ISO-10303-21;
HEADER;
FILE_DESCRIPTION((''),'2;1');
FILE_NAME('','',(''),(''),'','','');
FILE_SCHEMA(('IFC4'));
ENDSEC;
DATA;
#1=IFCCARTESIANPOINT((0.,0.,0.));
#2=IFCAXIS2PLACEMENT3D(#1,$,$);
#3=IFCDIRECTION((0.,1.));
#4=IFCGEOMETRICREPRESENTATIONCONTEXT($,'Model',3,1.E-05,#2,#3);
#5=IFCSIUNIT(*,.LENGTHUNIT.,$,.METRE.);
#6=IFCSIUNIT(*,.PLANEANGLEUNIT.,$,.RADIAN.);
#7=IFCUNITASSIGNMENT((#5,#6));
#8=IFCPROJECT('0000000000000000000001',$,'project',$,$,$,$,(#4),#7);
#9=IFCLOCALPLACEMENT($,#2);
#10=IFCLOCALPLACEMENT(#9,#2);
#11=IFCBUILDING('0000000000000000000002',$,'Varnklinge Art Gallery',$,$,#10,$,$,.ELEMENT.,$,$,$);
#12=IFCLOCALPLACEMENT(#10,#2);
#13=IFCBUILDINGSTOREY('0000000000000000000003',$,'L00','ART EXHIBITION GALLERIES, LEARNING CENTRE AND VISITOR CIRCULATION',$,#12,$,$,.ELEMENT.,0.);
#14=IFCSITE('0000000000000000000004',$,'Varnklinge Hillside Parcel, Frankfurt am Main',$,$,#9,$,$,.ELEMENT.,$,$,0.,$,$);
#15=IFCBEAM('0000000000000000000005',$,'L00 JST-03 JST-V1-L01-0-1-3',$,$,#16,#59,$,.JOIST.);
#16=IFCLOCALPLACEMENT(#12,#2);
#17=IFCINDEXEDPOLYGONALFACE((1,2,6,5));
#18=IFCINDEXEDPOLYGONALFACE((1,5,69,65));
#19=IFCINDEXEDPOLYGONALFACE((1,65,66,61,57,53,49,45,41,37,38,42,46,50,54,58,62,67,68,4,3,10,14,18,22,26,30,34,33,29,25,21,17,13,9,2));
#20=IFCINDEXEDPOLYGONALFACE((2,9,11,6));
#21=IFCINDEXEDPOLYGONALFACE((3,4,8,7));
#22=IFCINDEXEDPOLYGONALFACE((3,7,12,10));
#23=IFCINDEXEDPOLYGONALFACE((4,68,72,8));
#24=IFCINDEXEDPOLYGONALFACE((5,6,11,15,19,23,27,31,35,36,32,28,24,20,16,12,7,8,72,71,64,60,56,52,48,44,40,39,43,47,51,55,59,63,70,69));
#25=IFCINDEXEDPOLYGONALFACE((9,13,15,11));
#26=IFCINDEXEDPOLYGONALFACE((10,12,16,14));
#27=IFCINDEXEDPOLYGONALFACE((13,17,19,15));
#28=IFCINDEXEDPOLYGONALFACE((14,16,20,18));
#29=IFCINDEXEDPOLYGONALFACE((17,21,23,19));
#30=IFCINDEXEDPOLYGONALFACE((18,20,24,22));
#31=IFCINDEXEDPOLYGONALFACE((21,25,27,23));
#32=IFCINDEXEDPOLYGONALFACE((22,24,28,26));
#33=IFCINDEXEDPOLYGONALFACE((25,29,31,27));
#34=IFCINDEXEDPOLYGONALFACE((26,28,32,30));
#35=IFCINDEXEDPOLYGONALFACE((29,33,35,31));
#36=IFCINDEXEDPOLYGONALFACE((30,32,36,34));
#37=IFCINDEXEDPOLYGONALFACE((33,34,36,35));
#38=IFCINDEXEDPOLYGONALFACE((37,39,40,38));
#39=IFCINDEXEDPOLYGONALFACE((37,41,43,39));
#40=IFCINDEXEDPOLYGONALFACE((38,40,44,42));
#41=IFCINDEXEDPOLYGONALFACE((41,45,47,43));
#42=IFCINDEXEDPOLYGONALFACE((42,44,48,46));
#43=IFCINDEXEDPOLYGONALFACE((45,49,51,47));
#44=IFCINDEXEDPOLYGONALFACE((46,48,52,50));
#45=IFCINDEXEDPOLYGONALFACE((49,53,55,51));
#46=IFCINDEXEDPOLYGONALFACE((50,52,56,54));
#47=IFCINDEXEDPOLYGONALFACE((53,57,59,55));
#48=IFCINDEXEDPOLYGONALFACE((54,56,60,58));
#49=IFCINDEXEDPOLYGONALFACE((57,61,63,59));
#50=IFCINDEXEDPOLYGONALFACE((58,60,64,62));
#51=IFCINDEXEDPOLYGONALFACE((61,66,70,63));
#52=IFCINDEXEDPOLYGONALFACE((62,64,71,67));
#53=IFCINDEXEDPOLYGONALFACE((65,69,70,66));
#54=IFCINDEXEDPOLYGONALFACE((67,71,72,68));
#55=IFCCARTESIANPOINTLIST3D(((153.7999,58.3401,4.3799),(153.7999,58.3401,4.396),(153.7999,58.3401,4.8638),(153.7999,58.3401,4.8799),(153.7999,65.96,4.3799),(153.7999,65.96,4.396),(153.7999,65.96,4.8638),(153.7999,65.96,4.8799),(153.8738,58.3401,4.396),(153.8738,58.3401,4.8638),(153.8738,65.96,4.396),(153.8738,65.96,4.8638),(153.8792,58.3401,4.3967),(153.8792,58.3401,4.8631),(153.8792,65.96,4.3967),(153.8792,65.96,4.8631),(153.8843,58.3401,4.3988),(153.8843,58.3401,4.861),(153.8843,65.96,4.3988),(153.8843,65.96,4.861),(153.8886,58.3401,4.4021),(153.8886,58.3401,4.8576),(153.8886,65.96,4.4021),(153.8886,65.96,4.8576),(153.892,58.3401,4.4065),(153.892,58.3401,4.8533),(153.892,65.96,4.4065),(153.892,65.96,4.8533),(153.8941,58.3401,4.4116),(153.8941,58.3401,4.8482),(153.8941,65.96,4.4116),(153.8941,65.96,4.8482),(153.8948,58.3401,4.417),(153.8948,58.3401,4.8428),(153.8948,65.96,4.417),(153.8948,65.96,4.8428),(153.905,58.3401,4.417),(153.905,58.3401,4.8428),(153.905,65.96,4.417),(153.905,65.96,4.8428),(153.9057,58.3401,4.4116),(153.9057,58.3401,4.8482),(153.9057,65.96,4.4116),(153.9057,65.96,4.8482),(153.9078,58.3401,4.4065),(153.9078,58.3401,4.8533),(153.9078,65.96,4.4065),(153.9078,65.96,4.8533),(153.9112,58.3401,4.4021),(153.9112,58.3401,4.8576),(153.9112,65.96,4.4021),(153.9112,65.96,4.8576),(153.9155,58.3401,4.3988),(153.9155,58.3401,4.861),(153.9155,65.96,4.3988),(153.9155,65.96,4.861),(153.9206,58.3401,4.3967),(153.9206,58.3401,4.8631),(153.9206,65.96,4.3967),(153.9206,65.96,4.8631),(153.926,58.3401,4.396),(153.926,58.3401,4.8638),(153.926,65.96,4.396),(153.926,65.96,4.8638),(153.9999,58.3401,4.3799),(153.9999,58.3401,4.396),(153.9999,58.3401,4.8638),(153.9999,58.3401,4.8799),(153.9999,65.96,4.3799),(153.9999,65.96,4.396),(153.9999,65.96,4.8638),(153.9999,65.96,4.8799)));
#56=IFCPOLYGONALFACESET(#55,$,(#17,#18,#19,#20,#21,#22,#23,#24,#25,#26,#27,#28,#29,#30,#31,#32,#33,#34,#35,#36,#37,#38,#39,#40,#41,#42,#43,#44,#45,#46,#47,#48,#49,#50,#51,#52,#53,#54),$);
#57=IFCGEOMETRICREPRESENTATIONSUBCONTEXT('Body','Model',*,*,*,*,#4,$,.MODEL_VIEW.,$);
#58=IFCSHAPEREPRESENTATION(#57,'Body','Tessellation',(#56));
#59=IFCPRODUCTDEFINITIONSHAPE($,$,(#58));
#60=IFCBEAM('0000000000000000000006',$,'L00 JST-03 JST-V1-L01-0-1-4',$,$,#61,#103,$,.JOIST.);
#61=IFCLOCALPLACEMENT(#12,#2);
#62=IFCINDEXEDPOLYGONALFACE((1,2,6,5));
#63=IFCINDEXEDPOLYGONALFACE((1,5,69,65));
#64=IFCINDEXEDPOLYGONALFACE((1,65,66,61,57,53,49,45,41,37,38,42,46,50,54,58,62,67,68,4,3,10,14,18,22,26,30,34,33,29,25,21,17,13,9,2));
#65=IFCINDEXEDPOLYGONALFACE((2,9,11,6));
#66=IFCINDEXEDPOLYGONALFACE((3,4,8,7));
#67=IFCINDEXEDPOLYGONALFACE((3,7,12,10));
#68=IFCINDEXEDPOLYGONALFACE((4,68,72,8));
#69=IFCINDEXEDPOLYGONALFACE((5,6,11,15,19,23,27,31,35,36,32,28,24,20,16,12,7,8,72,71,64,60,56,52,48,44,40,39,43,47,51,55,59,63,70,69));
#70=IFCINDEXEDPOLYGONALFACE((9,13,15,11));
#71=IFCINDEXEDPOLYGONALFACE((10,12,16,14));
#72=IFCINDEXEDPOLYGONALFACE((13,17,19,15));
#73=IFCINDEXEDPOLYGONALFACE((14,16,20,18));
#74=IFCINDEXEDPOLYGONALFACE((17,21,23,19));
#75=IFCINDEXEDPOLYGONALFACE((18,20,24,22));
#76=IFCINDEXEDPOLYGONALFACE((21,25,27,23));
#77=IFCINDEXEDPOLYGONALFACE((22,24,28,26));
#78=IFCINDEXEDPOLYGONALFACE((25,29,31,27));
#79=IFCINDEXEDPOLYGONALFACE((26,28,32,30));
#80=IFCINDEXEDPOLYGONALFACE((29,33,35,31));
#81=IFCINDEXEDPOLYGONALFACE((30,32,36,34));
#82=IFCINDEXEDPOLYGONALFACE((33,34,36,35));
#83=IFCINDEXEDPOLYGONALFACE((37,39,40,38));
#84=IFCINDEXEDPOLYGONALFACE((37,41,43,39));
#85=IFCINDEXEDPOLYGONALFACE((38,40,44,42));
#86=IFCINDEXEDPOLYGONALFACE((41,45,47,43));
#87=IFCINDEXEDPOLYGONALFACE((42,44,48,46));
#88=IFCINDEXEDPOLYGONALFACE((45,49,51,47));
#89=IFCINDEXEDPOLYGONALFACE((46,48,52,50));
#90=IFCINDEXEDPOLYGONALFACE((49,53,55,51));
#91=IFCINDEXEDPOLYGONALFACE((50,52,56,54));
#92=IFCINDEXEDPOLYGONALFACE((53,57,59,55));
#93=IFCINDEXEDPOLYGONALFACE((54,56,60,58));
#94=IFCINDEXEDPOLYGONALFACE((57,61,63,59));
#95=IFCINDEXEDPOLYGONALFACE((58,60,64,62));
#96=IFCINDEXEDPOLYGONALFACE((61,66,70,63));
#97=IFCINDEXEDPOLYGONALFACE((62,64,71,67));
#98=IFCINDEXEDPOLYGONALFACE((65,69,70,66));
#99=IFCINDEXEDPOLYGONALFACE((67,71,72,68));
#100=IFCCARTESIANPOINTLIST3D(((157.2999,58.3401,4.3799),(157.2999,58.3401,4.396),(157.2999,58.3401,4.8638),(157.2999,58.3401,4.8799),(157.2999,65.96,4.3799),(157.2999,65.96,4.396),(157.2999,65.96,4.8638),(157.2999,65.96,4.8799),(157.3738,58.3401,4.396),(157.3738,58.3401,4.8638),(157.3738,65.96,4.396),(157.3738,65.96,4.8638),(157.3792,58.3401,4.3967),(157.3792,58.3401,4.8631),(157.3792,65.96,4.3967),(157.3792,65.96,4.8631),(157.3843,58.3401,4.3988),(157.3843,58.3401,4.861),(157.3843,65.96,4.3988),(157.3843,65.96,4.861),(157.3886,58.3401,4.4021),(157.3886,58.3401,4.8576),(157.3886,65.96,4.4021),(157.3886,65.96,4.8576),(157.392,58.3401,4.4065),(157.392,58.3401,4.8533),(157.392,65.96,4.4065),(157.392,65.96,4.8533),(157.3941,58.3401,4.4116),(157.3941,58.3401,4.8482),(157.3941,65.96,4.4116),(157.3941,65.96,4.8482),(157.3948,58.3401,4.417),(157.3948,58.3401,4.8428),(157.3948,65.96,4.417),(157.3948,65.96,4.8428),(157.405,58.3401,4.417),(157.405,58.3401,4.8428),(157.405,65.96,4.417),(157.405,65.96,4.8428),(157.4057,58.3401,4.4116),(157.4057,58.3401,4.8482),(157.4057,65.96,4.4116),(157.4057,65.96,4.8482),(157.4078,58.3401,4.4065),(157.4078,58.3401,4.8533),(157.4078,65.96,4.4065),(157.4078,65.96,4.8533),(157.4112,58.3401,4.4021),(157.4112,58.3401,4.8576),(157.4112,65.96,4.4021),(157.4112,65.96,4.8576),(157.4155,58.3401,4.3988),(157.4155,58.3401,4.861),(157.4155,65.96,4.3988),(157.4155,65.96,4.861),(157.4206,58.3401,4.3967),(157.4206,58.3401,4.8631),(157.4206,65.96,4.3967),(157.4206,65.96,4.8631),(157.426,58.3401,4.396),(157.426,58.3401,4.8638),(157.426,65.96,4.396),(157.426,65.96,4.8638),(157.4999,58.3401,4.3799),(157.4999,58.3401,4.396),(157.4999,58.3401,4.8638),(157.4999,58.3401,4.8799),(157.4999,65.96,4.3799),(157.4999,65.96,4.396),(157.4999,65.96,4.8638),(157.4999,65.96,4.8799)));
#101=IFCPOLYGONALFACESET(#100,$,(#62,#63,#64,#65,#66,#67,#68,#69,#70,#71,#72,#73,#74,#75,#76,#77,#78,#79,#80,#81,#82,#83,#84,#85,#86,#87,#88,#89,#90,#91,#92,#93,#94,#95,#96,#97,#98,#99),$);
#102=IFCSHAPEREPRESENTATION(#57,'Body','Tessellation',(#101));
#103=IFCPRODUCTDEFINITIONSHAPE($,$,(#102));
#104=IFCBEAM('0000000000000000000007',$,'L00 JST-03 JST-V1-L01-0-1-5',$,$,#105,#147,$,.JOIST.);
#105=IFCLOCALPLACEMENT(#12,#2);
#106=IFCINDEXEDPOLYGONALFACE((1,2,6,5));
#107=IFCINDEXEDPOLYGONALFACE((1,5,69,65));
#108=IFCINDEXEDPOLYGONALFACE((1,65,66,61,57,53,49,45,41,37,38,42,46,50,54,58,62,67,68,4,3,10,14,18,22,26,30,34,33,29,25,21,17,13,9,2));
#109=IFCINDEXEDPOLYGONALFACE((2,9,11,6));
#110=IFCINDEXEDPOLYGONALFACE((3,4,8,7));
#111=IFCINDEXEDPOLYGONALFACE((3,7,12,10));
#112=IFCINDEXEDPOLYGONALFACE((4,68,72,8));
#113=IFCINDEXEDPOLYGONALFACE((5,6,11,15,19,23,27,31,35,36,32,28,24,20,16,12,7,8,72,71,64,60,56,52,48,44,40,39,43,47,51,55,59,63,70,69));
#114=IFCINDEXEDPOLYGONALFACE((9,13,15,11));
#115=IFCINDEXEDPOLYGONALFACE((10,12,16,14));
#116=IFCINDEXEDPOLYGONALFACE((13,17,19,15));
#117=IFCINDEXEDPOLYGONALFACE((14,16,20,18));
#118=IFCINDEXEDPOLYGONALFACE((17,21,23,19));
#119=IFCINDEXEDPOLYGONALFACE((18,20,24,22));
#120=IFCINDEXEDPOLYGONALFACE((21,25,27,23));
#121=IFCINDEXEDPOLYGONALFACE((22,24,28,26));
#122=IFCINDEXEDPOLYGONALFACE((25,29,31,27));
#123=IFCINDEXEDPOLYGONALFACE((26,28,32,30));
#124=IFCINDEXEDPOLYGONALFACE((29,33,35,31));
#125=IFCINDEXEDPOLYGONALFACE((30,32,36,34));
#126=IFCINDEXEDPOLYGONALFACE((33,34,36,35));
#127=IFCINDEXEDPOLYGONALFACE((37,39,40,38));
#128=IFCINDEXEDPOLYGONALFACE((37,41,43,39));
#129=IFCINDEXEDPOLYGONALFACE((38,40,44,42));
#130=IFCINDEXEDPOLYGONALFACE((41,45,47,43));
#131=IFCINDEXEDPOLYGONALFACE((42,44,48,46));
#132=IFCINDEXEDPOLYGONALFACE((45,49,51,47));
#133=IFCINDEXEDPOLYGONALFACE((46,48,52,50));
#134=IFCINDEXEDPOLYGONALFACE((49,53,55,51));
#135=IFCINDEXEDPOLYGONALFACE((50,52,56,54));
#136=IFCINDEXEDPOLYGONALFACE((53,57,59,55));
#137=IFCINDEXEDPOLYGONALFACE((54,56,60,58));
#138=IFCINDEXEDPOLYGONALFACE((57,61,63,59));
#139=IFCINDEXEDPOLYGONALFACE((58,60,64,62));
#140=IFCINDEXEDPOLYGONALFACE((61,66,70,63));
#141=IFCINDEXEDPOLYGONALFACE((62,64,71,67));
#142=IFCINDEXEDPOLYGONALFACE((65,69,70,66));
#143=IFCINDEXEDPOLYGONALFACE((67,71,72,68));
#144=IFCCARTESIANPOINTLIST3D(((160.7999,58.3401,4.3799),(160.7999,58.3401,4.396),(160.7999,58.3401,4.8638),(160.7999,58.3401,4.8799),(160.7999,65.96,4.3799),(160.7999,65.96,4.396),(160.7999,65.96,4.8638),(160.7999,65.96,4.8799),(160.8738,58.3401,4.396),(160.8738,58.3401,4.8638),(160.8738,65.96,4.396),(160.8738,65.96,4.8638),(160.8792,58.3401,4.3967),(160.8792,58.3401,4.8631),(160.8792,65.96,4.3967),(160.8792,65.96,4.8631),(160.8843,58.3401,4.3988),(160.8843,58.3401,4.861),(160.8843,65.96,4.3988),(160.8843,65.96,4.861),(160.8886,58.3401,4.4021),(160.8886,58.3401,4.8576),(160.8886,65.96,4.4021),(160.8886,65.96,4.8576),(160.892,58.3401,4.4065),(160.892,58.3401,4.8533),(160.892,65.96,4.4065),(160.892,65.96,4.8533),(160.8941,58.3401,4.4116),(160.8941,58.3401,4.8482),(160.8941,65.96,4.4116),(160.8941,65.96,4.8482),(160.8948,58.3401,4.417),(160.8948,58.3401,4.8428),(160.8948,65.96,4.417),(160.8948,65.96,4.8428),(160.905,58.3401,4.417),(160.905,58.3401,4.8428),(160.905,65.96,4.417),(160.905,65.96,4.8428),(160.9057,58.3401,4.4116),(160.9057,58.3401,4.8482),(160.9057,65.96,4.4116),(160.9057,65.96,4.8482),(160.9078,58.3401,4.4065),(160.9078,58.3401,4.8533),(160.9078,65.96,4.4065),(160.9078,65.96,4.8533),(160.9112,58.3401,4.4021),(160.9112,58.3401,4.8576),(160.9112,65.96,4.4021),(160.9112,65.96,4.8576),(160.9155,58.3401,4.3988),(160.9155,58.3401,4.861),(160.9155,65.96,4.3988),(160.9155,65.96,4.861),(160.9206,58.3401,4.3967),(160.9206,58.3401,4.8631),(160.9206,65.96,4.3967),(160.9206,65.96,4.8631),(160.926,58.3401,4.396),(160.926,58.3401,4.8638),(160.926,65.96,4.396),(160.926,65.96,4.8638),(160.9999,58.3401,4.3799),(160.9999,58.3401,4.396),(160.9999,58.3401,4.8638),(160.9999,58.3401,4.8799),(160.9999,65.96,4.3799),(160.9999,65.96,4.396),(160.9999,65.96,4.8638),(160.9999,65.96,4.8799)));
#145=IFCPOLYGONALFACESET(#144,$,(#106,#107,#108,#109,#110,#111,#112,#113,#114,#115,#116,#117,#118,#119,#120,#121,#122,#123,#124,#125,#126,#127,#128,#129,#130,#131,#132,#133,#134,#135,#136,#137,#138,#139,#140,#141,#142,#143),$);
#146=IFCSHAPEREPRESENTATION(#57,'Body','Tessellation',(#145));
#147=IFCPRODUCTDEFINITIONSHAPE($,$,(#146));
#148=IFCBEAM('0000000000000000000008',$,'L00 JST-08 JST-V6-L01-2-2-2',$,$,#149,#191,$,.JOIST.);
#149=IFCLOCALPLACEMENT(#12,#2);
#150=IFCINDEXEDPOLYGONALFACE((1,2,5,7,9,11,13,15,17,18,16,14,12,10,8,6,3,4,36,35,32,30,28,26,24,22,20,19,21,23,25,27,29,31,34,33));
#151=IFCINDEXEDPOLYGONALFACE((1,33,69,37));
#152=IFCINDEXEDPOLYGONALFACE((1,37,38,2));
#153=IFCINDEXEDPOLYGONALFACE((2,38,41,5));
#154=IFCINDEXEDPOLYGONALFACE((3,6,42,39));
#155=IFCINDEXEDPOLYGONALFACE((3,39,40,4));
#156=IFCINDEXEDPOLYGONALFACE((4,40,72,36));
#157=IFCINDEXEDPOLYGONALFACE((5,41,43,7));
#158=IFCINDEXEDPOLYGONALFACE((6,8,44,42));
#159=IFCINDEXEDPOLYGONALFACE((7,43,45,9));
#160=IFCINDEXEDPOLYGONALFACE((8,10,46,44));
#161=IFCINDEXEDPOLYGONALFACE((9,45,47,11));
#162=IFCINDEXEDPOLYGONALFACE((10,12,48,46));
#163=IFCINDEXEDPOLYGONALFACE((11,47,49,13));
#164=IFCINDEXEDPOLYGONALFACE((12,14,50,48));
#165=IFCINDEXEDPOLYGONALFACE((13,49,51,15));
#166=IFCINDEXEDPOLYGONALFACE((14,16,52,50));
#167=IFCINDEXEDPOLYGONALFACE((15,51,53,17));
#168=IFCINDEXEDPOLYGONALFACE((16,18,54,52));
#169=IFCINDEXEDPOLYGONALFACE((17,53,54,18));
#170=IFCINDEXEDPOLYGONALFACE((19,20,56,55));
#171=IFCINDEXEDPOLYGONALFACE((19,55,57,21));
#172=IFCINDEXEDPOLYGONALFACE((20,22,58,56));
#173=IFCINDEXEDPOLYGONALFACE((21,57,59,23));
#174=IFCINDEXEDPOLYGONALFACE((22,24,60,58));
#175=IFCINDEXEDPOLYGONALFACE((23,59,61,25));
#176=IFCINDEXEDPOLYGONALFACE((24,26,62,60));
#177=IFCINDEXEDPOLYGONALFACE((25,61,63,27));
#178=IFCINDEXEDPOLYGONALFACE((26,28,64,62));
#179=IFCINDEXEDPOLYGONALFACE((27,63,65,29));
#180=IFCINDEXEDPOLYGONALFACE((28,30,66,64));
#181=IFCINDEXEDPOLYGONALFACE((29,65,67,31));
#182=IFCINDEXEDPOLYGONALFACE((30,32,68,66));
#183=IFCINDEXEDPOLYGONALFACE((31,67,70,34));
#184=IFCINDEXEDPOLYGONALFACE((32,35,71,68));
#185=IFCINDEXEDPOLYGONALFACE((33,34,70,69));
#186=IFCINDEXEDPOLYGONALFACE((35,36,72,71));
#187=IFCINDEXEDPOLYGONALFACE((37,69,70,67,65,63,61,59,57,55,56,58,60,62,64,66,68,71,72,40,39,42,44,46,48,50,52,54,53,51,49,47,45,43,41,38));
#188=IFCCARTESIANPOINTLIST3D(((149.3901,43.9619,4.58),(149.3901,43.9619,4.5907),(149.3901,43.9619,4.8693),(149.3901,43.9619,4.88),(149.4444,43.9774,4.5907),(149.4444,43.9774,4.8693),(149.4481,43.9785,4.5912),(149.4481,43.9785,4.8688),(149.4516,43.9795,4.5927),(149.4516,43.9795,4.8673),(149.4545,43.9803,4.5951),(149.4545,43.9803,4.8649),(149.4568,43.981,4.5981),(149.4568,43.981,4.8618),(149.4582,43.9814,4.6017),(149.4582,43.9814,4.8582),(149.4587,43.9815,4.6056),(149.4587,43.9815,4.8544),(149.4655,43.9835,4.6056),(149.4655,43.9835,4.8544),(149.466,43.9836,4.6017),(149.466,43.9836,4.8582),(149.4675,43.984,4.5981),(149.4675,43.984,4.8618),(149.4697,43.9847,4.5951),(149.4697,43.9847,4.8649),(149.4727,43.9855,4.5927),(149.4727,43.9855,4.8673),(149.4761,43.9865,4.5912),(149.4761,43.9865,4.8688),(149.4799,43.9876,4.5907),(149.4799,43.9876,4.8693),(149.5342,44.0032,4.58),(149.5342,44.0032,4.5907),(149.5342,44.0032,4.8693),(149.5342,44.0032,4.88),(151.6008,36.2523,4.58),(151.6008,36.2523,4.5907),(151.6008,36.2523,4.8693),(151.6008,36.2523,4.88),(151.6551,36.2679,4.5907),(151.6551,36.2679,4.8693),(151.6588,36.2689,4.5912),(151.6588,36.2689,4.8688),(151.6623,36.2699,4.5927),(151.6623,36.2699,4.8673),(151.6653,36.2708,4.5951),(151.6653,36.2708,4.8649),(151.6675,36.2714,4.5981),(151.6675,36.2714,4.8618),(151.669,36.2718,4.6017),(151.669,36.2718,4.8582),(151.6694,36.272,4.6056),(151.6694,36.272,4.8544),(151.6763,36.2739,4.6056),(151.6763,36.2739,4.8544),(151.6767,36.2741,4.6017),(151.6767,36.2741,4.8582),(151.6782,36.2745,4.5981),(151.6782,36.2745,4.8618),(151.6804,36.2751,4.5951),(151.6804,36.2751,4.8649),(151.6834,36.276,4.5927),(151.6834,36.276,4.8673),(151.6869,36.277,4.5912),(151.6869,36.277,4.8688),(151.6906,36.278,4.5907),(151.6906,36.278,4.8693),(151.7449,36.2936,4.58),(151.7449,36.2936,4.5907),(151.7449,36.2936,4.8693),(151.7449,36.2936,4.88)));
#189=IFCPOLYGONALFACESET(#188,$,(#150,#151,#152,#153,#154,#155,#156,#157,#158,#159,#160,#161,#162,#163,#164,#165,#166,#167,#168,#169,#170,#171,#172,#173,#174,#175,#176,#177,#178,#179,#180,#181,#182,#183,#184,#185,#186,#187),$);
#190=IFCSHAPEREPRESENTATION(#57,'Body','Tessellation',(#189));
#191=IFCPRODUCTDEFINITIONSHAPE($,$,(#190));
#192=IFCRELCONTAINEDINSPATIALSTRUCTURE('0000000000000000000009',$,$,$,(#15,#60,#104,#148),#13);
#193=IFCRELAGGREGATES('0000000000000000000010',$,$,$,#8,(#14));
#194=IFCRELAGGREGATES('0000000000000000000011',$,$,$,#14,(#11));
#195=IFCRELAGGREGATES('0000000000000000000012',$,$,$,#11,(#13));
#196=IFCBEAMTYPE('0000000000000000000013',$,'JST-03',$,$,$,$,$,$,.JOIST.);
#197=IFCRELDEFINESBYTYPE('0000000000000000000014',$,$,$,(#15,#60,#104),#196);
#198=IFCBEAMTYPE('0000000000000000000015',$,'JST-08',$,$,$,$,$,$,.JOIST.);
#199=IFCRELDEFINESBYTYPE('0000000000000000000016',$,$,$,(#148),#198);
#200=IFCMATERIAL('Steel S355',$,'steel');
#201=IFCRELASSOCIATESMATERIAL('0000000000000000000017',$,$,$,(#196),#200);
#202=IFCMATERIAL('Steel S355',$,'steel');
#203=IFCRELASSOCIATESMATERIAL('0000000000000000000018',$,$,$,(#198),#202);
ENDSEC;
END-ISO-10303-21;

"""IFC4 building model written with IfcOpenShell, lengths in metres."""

from ifc_helpers import new_model, si_unit, direction, frame, origin, origin_2d, place, context, subcontext, project, spatial, i_section, extrude, material, material_profile, profile_set, type_object, element, save


model = new_model("IFC4")

# Units and contexts
model_context = context("Model", 3, precision=1e-05, world=origin(), true_north=direction((0.0, 1.0)))
body_context = subcontext(model_context, "Body", "Model", "MODEL_VIEW")
ifc_project = project(units=[si_unit("LENGTHUNIT", "METRE"), si_unit("PLANEANGLEUNIT", "RADIAN")], contexts=[model_context])

# Site, building, storey
site_placement = place(None, origin())
site = spatial("IfcSite", under=ifc_project, at=site_placement, Name="Varnklinge Hillside Parcel, Frankfurt am Main", CompositionType="ELEMENT", RefElevation=0.0)
building_placement = place(site_placement, origin())
building = spatial("IfcBuilding", under=site, at=building_placement, Name="Varnklinge Art Gallery", CompositionType="ELEMENT")
storey_placement = place(building_placement, origin())
storey = spatial("IfcBuildingStorey", under=building, at=storey_placement, Name="L00", Description="ART EXHIBITION GALLERIES, LEARNING CENTRE AND VISITOR CIRCULATION", CompositionType="ELEMENT", Elevation=0.0)

# Beams
ifc_material_1 = material(Name="Steel S355", Category="steel")
ifc_material_profile_1 = material_profile(ifc_material_1, i_section(OverallWidth=0.2, OverallDepth=0.5, WebThickness=0.0103, FlangeThickness=0.0161, FilletRadius=0.021, at=origin_2d()), Name="IPE 500")
ifc_profile_set_1 = profile_set([ifc_material_profile_1], Name="Steel S355")
beam_type_1 = type_object("IfcBeamType", Name="JST-03", PredefinedType="JOIST", material=ifc_profile_set_1)
for number, where, z_axis, x_axis, name in (
    (1, (153.8999, 58.3401, 4.6299), (0.0, 1.0, 0.0), (-1.0, 0.0, 0.0), "L00 JST-03 JST-V1-L01-0-1-3"),
    (2, (157.3999, 58.3401, 4.6299), (0.0, 1.0, 0.0), (-1.0, 0.0, 0.0), "L00 JST-03 JST-V1-L01-0-1-4"),
    (3, (160.8999, 58.3401, 4.6299), (0.0, 1.0, 0.0), (-1.0, 0.0, 0.0), "L00 JST-03 JST-V1-L01-0-1-5"),
):
    element("IfcBeam", number, at=place(storey_placement, frame(where, z_axis=z_axis, x_axis=x_axis)), inside=storey, type_object=beam_type_1, Name=name, PredefinedType="JOIST", context=body_context, shape_type="SweptSolid", body=[
        extrude(i_section(OverallWidth=0.2, OverallDepth=0.5, WebThickness=0.0103, FlangeThickness=0.0161, FilletRadius=0.021, at=origin_2d()), origin(), (0.0, 0.0, 1.0), 7.6199),
    ])
ifc_material_2 = material(Name="Steel S355", Category="steel")
ifc_material_profile_2 = material_profile(ifc_material_2, i_section(OverallWidth=0.1499, OverallDepth=0.3, WebThickness=0.0071, FlangeThickness=0.0107, FilletRadius=0.0149, at=origin_2d()), Name="IPE 300")
ifc_profile_set_2 = profile_set([ifc_material_profile_2], Name="Steel S355")
beam_type_2 = type_object("IfcBeamType", Name="JST-08", PredefinedType="JOIST", material=ifc_profile_set_2)
beam_1_placement = place(storey_placement, frame((151.6729, 36.2729, 4.73), z_axis=(-0.275642, 0.96126, 0.0), x_axis=(-0.96126, -0.275642, 0.0)))
element("IfcBeam", 4, at=beam_1_placement, inside=storey, type_object=beam_type_2, Name="L00 JST-08 JST-V6-L01-2-2-2", PredefinedType="JOIST", context=body_context, shape_type="SweptSolid", body=[
    extrude(i_section(OverallWidth=0.1499, OverallDepth=0.3, WebThickness=0.0071, FlangeThickness=0.0107, FilletRadius=0.0149, at=origin_2d()), origin(), (0.0, 0.0, 1.0), 8.0203),
])

save(model, "model.ifc")
